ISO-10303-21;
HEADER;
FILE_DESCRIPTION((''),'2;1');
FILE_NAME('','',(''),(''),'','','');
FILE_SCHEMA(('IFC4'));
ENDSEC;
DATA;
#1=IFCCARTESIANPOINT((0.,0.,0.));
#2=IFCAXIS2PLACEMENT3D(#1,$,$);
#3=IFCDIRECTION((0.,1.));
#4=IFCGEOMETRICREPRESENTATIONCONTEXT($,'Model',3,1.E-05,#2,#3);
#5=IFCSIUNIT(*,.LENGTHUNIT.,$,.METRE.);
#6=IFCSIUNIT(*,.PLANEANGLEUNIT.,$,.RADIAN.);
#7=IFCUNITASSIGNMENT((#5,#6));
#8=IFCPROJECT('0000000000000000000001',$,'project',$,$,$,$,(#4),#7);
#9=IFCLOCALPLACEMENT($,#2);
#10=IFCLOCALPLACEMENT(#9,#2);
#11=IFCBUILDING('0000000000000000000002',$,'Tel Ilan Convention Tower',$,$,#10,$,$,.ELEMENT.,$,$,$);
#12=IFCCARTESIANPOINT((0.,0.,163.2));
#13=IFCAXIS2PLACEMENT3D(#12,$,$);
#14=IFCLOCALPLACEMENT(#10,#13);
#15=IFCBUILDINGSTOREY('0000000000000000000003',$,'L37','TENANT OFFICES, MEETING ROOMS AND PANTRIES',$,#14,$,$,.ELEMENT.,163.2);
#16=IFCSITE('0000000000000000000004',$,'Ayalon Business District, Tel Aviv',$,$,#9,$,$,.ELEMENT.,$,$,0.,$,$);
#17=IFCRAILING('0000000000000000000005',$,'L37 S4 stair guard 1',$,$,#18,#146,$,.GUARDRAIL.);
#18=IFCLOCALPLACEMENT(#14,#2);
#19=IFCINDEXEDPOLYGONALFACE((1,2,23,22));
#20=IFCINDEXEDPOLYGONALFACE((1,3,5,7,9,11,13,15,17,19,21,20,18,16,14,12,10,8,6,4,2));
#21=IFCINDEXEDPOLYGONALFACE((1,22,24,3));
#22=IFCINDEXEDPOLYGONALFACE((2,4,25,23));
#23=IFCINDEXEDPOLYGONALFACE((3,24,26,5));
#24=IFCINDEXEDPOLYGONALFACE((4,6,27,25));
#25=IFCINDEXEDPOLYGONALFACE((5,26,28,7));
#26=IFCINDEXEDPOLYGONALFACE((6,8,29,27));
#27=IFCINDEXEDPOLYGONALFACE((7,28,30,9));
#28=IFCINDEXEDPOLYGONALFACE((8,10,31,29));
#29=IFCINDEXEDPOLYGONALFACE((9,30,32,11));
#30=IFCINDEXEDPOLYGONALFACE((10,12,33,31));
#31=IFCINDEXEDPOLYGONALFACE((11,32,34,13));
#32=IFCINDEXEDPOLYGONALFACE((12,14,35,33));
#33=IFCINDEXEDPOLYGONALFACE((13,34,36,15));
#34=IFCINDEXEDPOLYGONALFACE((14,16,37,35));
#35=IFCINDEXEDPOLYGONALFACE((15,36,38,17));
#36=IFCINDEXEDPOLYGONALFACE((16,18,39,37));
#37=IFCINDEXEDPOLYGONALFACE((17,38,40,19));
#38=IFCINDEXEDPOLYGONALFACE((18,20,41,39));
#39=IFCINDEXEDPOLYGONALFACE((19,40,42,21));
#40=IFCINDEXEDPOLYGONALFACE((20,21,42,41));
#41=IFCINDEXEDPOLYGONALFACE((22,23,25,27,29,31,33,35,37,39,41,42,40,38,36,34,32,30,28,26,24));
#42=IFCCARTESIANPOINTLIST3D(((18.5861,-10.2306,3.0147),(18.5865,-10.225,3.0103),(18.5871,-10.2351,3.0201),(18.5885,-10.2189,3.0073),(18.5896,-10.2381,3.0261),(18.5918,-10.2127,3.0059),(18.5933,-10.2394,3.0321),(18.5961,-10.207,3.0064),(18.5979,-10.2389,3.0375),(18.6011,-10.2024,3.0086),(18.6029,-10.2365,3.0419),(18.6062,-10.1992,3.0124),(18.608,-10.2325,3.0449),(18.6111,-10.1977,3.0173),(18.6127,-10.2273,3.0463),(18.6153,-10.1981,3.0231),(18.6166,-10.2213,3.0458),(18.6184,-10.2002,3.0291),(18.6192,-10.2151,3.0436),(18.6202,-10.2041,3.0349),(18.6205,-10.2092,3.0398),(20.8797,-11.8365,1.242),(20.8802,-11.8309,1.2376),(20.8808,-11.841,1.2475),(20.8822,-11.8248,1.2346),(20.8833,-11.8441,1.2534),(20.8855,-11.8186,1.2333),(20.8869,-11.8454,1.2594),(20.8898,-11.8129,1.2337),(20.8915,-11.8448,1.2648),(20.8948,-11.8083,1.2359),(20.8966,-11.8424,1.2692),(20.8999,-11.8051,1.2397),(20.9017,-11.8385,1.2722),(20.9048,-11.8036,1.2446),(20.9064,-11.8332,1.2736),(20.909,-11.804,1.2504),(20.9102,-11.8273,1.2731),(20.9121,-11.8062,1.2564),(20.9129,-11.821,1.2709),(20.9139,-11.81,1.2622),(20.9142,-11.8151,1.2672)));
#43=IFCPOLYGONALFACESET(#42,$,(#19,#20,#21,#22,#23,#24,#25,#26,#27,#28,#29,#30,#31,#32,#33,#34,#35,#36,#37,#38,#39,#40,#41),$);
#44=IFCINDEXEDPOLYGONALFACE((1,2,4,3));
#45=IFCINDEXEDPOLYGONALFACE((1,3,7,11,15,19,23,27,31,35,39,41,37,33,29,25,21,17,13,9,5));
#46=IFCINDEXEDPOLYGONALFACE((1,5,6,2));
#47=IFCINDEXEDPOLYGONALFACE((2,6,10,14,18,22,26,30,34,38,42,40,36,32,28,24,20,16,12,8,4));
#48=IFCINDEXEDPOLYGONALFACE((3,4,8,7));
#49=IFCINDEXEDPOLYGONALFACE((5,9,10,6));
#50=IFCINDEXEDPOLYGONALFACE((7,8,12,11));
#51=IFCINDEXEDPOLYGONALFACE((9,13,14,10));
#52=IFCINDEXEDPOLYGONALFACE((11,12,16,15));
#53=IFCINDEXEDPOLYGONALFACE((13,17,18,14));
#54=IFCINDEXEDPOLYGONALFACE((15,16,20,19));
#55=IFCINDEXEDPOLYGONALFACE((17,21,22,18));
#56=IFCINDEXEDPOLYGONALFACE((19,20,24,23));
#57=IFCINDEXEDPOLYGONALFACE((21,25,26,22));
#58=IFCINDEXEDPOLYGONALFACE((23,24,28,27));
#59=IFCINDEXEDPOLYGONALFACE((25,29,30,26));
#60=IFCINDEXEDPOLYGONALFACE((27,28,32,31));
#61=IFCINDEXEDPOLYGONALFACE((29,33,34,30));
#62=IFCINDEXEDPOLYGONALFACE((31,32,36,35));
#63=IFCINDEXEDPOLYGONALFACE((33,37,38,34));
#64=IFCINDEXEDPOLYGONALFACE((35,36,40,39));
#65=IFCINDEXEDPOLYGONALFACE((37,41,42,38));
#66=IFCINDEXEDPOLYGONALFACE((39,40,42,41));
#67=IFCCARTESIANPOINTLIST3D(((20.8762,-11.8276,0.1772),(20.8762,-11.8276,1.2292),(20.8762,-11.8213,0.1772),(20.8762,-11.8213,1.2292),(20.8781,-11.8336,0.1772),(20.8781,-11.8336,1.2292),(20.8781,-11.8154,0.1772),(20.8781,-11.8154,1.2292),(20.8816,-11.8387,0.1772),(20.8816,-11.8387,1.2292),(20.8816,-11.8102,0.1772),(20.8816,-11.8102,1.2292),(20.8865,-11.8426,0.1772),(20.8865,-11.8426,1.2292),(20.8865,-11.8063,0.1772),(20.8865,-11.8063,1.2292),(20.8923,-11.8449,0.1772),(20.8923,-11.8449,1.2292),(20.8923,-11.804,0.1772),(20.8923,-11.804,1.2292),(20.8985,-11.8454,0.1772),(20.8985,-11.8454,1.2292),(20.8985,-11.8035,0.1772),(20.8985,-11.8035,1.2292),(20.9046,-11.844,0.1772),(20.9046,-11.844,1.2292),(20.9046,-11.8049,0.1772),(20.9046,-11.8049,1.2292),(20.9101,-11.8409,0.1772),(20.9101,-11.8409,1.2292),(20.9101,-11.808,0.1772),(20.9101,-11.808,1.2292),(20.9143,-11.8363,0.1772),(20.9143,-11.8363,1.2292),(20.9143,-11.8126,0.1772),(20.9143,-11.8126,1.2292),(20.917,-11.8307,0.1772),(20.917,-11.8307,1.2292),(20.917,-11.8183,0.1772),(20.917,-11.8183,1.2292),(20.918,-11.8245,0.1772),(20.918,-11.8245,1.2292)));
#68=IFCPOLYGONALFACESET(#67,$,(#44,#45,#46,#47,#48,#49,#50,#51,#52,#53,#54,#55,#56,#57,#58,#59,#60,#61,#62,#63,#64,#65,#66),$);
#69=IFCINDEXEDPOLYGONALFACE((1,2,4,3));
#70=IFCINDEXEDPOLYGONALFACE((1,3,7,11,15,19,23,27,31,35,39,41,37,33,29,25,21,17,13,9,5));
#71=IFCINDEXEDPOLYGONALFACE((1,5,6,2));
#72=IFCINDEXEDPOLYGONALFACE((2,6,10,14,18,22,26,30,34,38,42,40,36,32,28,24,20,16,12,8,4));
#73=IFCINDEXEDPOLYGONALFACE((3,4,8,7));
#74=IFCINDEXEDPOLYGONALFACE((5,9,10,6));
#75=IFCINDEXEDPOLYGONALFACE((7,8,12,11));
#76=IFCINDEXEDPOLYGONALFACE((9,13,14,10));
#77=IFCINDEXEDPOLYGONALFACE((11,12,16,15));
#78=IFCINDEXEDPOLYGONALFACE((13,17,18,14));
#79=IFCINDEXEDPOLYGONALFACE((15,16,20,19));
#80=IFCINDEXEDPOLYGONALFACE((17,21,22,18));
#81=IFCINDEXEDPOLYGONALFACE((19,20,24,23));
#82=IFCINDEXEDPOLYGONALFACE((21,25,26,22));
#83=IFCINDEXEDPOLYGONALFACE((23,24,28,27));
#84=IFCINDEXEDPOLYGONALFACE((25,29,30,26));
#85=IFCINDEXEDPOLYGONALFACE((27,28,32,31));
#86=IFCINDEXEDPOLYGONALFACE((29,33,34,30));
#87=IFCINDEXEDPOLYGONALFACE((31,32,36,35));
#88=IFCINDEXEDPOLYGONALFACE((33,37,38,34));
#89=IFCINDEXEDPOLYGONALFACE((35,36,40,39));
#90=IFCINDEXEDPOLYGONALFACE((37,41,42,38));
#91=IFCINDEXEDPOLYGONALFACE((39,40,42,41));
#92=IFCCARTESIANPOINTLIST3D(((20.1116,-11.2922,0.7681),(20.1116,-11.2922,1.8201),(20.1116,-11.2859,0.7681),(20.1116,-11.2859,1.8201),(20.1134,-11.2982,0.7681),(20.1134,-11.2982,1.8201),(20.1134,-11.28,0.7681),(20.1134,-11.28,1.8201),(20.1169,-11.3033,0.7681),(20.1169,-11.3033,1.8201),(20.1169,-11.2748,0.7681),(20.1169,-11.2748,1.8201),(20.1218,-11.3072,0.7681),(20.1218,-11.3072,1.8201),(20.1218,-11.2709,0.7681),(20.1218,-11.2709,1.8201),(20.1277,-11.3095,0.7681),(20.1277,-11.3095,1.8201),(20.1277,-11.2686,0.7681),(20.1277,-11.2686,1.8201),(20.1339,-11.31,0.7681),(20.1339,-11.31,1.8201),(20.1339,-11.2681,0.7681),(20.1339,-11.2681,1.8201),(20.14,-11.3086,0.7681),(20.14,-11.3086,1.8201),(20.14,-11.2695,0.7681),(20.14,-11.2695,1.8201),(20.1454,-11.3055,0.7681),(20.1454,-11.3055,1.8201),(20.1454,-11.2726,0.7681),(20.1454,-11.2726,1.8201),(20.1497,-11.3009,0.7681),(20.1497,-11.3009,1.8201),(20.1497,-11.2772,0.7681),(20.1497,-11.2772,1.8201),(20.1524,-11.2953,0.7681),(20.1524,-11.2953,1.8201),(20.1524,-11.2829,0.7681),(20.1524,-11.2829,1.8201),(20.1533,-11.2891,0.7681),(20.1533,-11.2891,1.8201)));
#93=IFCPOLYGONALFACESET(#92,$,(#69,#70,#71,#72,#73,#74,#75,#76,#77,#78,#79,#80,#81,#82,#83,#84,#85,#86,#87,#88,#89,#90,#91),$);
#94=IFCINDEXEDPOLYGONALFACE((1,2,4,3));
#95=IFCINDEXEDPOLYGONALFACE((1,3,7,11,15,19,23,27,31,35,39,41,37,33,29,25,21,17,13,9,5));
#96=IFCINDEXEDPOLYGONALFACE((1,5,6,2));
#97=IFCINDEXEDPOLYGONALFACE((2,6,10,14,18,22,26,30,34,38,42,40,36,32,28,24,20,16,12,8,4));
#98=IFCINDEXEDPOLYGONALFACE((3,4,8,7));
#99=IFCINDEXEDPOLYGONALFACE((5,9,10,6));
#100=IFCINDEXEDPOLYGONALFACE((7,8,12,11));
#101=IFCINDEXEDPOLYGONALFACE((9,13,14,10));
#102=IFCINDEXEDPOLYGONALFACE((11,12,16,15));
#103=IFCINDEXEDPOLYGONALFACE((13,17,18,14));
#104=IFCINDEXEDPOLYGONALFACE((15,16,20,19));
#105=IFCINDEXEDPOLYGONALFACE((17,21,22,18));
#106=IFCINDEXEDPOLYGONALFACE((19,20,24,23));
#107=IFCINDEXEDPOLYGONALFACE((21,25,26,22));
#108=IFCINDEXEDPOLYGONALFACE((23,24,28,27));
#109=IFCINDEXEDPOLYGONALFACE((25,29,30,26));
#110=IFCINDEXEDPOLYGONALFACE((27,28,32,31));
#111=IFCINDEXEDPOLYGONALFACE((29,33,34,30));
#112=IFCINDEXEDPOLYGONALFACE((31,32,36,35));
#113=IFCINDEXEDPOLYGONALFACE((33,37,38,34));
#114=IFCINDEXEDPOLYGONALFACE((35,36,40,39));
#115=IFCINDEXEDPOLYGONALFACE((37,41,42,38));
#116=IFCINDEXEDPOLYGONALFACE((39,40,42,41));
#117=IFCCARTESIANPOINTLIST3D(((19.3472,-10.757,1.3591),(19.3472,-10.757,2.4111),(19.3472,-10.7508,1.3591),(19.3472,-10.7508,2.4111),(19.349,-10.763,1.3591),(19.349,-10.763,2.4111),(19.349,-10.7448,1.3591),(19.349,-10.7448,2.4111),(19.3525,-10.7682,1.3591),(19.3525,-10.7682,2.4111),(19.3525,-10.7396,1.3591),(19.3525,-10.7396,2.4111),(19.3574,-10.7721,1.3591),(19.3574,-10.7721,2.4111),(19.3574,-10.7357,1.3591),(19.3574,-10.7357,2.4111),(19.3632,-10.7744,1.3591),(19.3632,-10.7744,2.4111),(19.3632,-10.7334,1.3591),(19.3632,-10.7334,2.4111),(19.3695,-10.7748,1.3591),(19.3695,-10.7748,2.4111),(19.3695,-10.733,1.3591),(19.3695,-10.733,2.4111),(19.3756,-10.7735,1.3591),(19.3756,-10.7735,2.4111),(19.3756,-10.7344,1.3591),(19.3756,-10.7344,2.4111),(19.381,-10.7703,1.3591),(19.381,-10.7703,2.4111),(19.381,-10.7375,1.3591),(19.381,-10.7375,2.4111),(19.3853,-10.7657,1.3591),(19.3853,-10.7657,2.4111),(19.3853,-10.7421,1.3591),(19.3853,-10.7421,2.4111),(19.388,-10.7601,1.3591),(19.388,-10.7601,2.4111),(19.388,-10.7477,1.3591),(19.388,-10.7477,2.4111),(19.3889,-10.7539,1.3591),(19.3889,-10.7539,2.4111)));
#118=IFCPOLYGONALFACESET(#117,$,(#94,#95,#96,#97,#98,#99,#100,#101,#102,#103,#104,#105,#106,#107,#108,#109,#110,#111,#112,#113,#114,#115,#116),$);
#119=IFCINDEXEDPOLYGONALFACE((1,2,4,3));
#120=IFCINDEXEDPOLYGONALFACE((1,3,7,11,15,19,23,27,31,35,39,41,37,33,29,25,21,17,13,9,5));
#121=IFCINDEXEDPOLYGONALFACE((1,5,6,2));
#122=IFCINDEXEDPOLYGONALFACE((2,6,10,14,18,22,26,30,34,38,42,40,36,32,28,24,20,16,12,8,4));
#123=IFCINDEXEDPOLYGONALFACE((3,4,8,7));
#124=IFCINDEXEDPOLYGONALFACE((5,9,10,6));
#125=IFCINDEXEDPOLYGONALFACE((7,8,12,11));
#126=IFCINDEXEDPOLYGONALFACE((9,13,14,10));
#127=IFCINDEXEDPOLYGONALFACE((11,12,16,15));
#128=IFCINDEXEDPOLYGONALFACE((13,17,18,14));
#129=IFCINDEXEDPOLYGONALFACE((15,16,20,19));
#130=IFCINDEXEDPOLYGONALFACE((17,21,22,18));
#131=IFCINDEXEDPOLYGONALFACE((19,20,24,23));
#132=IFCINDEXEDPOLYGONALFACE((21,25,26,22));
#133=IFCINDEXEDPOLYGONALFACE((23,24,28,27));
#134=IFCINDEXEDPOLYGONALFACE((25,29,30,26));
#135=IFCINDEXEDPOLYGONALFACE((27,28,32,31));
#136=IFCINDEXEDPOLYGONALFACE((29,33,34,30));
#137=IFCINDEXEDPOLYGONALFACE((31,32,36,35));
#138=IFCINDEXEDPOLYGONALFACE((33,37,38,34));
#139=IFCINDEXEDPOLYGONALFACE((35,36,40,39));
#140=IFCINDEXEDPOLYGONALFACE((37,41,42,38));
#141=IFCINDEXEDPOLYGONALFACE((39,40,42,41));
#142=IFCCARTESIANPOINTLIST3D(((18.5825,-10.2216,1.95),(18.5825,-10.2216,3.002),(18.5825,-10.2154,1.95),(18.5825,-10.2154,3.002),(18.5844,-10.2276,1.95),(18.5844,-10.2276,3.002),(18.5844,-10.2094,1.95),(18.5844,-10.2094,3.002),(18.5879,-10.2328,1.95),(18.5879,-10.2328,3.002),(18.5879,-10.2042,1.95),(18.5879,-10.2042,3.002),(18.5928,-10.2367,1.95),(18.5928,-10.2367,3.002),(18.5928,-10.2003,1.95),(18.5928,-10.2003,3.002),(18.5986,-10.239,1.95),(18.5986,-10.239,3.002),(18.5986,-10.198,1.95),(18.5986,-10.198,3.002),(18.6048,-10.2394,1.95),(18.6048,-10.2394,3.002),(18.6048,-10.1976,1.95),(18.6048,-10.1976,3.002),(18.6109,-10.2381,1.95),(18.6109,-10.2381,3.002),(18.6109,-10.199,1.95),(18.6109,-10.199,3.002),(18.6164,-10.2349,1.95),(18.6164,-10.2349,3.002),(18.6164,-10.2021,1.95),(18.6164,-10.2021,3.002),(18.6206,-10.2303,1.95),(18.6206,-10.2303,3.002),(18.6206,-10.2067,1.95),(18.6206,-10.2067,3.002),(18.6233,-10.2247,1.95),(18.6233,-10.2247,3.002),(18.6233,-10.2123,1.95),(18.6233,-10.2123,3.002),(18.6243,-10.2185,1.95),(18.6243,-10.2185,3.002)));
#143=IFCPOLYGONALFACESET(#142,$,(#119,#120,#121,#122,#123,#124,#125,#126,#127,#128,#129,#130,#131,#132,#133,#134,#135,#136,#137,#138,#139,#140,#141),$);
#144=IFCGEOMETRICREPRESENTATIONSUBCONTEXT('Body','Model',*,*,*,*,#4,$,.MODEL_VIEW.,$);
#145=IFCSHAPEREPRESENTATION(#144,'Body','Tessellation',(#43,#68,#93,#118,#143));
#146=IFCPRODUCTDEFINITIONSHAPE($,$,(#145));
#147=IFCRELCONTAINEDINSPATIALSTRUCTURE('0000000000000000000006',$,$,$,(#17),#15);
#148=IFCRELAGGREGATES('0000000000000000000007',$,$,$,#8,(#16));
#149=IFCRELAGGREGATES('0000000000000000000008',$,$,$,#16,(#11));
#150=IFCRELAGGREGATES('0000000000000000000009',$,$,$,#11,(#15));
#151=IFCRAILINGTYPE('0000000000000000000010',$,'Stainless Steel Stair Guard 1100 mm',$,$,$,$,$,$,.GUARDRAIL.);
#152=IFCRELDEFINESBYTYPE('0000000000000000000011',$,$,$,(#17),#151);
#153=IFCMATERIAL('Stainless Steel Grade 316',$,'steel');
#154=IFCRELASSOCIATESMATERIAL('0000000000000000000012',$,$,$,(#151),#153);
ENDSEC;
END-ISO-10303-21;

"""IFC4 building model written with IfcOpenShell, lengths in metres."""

from ifc_helpers import new_model, si_unit, direction, frame, origin, origin_2d, place, context, subcontext, project, spatial, circle, extrude, material, type_object, element, save


model = new_model("IFC4")

# Units and contexts
model_context = context("Model", 3, precision=1e-05, world=origin(), true_north=direction((0.0, 1.0)))
body_context = subcontext(model_context, "Body", "Model", "MODEL_VIEW")
ifc_project = project(units=[si_unit("LENGTHUNIT", "METRE"), si_unit("PLANEANGLEUNIT", "RADIAN")], contexts=[model_context])

# Site, building, storey
site_placement = place(None, origin())
site = spatial("IfcSite", under=ifc_project, at=site_placement, Name="Ayalon Business District, Tel Aviv", CompositionType="ELEMENT", RefElevation=0.0)
building_placement = place(site_placement, origin())
building = spatial("IfcBuilding", under=site, at=building_placement, Name="Tel Ilan Convention Tower", CompositionType="ELEMENT")
storey_placement = place(building_placement, frame((0.0, 0.0, 163.2)))
storey = spatial("IfcBuildingStorey", under=building, at=storey_placement, Name="L37", Description="TENANT OFFICES, MEETING ROOMS AND PANTRIES", CompositionType="ELEMENT", Elevation=163.2)

# Railing
ifc_material_1 = material(Name="Stainless Steel Grade 316", Category="steel")
railing_type_1 = type_object("IfcRailingType", Name="Stainless Steel Stair Guard 1100 mm", PredefinedType="GUARDRAIL", material=ifc_material_1)
railing_1_placement = place(storey_placement, frame((20.897, -11.8245, 0.1772)))
element("IfcRailing", 1, at=railing_1_placement, inside=storey, type_object=railing_type_1, Name="L37 S4 stair guard 1", PredefinedType="GUARDRAIL", context=body_context, shape_type="SweptSolid", body=[
    extrude(circle(Radius=0.0239, at=origin_2d()), frame((0.0, 0.0, 1.0762), z_axis=(-0.692123, 0.484597, 0.534913), x_axis=(-0.57355, -0.81917, 0.0)), (0.0, 0.0, 1.0), 3.314),
    extrude(circle(Radius=0.021, at=origin_2d()), origin(), (0.0, 0.0, 1.0), 1.052),
    extrude(circle(Radius=0.021, at=origin_2d()), frame((-0.7646, 0.5354, 0.5908)), (0.0, 0.0, 1.0), 1.052),
    extrude(circle(Radius=0.021, at=origin_2d()), frame((-1.5291, 1.0706, 1.1819)), (0.0, 0.0, 1.0), 1.052),
    extrude(circle(Radius=0.021, at=origin_2d()), frame((-2.2937, 1.606, 1.7727)), (0.0, 0.0, 1.0), 1.052),
])

save(model, "model.ifc")
